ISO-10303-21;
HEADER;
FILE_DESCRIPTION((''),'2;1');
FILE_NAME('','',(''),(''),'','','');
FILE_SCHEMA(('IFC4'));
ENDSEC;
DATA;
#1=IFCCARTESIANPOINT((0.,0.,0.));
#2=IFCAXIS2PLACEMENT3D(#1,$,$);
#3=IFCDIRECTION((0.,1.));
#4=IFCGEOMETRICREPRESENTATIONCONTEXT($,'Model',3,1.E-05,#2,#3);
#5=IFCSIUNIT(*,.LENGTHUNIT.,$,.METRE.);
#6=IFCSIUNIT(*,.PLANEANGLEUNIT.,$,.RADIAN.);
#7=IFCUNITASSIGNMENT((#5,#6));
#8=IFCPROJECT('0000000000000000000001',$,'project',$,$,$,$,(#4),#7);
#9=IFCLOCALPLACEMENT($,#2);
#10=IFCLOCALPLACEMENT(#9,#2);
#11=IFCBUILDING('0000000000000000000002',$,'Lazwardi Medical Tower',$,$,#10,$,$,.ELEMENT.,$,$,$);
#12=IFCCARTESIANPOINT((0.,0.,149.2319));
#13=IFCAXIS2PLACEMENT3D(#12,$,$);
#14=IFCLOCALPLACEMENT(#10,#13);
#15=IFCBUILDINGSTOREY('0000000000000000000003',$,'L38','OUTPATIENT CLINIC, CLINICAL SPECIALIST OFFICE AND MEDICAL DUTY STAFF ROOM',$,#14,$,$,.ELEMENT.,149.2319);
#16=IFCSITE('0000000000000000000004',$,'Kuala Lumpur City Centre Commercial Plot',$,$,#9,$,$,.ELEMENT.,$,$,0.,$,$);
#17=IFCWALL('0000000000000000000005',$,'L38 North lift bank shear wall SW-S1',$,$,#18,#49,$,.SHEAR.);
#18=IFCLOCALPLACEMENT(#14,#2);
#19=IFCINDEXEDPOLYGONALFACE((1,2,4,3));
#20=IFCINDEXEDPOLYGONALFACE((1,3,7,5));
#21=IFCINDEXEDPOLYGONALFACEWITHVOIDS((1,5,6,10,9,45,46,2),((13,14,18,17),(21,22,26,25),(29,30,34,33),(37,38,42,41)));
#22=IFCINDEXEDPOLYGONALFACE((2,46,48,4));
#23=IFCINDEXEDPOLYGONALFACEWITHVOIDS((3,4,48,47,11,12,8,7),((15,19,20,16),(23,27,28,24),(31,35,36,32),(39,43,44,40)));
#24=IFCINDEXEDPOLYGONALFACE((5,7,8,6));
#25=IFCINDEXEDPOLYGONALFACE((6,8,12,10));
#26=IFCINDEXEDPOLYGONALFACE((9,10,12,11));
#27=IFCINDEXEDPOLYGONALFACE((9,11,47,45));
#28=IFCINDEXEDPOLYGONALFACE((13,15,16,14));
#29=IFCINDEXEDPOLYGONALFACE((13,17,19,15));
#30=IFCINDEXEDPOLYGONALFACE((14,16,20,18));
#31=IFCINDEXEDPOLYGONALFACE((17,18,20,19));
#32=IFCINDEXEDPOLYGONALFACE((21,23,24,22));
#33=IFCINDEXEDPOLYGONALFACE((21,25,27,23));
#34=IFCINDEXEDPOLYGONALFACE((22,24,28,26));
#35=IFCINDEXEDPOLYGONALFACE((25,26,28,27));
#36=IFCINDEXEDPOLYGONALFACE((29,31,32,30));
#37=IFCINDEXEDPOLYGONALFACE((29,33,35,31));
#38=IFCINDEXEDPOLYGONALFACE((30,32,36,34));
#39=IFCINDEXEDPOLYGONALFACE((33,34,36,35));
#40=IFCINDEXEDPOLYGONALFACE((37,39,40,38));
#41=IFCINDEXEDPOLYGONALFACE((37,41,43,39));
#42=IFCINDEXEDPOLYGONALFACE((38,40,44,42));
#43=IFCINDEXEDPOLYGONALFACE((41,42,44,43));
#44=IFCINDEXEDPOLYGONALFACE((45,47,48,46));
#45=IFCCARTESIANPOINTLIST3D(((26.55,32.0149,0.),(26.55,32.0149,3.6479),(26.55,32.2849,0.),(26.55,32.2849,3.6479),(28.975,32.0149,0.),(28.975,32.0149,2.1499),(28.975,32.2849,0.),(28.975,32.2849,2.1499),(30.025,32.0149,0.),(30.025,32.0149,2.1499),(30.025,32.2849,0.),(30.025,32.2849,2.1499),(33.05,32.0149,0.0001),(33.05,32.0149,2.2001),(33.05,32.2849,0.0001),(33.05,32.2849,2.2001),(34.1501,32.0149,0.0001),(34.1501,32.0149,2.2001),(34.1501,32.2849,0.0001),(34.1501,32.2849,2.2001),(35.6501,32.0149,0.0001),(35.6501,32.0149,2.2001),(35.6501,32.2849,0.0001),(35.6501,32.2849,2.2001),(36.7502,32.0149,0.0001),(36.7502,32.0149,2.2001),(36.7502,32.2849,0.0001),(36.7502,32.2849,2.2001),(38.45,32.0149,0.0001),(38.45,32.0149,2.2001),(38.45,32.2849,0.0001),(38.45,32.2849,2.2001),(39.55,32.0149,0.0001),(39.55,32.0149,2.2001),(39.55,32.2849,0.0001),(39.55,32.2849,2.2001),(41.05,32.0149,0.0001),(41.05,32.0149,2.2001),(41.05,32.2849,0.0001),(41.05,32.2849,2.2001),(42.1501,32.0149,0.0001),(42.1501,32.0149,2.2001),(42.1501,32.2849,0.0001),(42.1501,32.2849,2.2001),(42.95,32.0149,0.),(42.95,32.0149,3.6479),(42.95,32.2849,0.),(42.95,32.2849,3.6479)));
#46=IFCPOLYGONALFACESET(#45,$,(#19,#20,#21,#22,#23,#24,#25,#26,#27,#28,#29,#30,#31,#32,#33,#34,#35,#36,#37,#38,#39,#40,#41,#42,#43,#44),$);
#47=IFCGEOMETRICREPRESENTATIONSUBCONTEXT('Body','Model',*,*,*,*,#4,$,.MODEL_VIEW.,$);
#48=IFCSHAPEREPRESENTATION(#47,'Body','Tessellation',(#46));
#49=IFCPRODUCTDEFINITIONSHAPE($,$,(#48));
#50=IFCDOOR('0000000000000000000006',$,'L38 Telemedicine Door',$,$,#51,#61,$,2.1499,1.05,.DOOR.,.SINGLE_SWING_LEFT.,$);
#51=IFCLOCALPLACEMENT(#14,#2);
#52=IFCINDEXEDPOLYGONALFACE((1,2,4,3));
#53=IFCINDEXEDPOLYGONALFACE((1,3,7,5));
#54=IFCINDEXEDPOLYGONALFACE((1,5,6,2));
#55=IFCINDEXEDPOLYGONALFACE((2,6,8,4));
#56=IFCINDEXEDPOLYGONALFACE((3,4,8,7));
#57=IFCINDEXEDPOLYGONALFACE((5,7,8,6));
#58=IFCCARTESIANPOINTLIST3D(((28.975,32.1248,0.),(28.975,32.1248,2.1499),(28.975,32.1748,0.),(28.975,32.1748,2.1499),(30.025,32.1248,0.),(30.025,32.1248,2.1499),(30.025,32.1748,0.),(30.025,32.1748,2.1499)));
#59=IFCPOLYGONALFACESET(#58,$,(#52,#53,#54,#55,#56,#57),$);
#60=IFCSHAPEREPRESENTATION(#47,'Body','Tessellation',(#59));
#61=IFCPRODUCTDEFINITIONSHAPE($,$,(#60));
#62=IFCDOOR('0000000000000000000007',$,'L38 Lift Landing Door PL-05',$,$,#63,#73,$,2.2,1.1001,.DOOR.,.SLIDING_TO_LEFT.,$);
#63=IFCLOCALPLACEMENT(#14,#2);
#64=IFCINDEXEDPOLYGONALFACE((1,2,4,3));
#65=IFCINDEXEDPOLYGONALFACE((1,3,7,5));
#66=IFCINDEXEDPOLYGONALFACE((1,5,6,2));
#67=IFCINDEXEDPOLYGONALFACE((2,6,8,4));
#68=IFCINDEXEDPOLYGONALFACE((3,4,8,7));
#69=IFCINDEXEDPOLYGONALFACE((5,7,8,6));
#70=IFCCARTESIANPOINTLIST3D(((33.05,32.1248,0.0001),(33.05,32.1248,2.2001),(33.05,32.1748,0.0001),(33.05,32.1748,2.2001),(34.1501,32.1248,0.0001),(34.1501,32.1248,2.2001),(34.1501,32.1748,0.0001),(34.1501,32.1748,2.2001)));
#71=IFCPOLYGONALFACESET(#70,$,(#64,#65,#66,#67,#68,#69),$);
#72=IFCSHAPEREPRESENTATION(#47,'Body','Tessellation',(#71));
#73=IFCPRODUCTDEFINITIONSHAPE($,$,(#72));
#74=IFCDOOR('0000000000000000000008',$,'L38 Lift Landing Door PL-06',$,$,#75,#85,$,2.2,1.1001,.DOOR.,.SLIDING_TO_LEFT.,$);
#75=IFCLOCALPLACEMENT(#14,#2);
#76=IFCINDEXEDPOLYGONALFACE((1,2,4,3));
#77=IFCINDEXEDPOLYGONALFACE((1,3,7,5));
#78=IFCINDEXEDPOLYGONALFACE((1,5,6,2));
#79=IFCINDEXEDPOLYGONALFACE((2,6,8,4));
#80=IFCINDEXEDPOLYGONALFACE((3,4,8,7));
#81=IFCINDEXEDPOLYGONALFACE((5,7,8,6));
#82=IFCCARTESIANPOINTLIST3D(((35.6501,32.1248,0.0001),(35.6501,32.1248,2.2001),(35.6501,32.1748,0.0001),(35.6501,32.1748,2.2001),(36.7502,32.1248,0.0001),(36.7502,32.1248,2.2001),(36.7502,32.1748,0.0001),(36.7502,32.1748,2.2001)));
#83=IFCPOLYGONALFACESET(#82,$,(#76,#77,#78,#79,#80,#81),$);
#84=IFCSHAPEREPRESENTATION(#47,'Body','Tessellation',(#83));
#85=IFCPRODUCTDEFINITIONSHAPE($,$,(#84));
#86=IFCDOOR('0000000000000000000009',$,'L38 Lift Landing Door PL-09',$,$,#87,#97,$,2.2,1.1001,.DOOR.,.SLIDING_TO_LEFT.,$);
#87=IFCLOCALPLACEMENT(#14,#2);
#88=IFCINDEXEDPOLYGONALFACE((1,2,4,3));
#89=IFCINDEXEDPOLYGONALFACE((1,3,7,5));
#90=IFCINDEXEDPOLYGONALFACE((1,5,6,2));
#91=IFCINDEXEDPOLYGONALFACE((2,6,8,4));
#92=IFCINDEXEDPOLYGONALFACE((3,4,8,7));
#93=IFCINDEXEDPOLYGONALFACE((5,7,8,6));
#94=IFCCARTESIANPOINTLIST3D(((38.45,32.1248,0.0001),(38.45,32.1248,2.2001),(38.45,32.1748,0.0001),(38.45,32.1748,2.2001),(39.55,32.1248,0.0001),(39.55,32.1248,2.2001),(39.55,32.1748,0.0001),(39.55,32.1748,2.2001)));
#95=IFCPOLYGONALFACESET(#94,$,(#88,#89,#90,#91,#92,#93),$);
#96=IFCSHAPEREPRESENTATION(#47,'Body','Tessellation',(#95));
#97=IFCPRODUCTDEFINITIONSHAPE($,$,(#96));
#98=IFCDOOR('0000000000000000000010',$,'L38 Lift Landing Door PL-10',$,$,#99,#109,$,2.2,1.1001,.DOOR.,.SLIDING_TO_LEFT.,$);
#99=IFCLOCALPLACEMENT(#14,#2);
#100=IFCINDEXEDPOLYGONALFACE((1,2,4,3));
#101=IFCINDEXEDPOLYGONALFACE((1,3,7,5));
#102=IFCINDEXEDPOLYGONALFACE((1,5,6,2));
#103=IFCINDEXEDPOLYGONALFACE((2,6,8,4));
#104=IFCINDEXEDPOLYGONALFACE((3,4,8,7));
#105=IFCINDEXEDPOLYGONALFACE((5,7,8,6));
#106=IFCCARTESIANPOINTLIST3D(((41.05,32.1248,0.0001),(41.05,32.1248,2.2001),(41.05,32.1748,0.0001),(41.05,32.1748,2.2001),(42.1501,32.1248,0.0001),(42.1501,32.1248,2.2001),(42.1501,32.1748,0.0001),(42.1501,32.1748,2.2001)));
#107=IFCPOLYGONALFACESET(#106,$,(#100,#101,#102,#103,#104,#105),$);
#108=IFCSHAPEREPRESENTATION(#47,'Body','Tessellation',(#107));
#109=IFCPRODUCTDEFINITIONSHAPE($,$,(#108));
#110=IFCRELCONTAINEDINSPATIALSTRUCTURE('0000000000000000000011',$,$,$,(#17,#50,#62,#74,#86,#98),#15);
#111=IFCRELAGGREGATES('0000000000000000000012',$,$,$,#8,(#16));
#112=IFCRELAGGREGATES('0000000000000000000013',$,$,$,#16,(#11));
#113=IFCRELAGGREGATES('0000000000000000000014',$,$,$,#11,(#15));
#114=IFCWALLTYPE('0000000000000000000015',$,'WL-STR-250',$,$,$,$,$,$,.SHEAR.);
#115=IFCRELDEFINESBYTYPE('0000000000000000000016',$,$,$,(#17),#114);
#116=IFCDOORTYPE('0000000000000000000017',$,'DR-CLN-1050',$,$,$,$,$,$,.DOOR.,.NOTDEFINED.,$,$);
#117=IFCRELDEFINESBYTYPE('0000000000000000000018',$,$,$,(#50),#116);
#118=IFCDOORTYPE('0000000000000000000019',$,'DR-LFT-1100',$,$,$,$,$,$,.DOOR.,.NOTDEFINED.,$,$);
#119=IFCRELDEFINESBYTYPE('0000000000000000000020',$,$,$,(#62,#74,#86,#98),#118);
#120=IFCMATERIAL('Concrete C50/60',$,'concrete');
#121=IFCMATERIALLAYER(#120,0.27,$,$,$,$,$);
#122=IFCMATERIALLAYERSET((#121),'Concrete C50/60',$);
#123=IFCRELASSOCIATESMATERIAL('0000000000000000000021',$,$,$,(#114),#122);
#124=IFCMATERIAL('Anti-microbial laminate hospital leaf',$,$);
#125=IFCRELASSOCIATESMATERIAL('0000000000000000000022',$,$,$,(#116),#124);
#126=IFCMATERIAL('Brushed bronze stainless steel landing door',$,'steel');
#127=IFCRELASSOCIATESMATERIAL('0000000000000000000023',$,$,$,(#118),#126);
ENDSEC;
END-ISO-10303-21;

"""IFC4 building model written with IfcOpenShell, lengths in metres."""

from ifc_helpers import new_model, si_unit, direction, frame, frame_2d, origin, place, context, subcontext, project, spatial, rectangle, extrude, material, layer, layer_set, type_object, element, fill, save


model = new_model("IFC4")

# Units and contexts
model_context = context("Model", 3, precision=1e-05, world=origin(), true_north=direction((0.0, 1.0)))
body_context = subcontext(model_context, "Body", "Model", "MODEL_VIEW")
ifc_project = project(units=[si_unit("LENGTHUNIT", "METRE"), si_unit("PLANEANGLEUNIT", "RADIAN")], contexts=[model_context])

# Site, building, storey
site_placement = place(None, origin())
site = spatial("IfcSite", under=ifc_project, at=site_placement, Name="Kuala Lumpur City Centre Commercial Plot", CompositionType="ELEMENT", RefElevation=0.0)
building_placement = place(site_placement, origin())
building = spatial("IfcBuilding", under=site, at=building_placement, Name="Lazwardi Medical Tower", CompositionType="ELEMENT")
storey_placement = place(building_placement, frame((0.0, 0.0, 149.2319)))
storey = spatial("IfcBuildingStorey", under=building, at=storey_placement, Name="L38", Description="OUTPATIENT CLINIC, CLINICAL SPECIALIST OFFICE AND MEDICAL DUTY STAFF ROOM", CompositionType="ELEMENT", Elevation=149.2319)

# Shared definitions
ifc_material_1 = material(Name="Concrete C50/60", Category="concrete")
ifc_layer_1 = layer(ifc_material_1, 0.27)
ifc_layer_set_1 = layer_set([ifc_layer_1], Name="Concrete C50/60")
wall_type_1 = type_object("IfcWallType", Name="WL-STR-250", PredefinedType="SHEAR", material=ifc_layer_set_1)

# Wall, openings, doors
wall_1_placement = place(storey_placement, frame((26.55, 32.1499, 0.0), z_axis=(0.0, 0.0, 1.0), x_axis=(1.0, 0.0, 0.0)))
wall_1 = element("IfcWall", 1, at=wall_1_placement, inside=storey, type_object=wall_type_1, Name="L38 North lift bank shear wall SW-S1", PredefinedType="SHEAR", context=body_context, shape_type="SweptSolid", body=[
    extrude(rectangle(XDim=16.3999, YDim=0.27, at=frame_2d((8.2, 0.0))), origin(), (0.0, 0.0, 1.0), 3.6479),
])
opening_1_placement = place(wall_1_placement, frame((2.425, 0.0, 0.0)))
opening_1 = element("IfcOpeningElement", 2, at=opening_1_placement, cuts=wall_1, PredefinedType="OPENING", context=body_context, shape_type="SweptSolid", body=[
    extrude(rectangle(XDim=1.05, YDim=2.1499, at=frame_2d((0.5249, 1.075))), frame((0.0, 0.145, 0.0), z_axis=(0.0, -1.0, 0.0), x_axis=(1.0, 0.0, 0.0)), (0.0, 0.0, 1.0), 0.29),
])
opening_2_placement = place(wall_1_placement, frame((6.5, 0.0, 0.0)))
opening_2 = element("IfcOpeningElement", 3, at=opening_2_placement, cuts=wall_1, PredefinedType="OPENING", context=body_context, shape_type="SweptSolid", body=[
    extrude(rectangle(XDim=1.1001, YDim=2.2, at=frame_2d((0.55, 1.1001))), frame((0.0, 0.145, 0.0), z_axis=(0.0, -1.0, 0.0), x_axis=(1.0, 0.0, 0.0)), (0.0, 0.0, 1.0), 0.29),
])
opening_3_placement = place(wall_1_placement, frame((9.1001, 0.0, 0.0)))
opening_3 = element("IfcOpeningElement", 4, at=opening_3_placement, cuts=wall_1, PredefinedType="OPENING", context=body_context, shape_type="SweptSolid", body=[
    extrude(rectangle(XDim=1.1001, YDim=2.2, at=frame_2d((0.55, 1.1001))), frame((0.0, 0.145, 0.0), z_axis=(0.0, -1.0, 0.0), x_axis=(1.0, 0.0, 0.0)), (0.0, 0.0, 1.0), 0.29),
])
opening_4_placement = place(wall_1_placement, frame((11.8999, 0.0, 0.0)))
opening_4 = element("IfcOpeningElement", 5, at=opening_4_placement, cuts=wall_1, PredefinedType="OPENING", context=body_context, shape_type="SweptSolid", body=[
    extrude(rectangle(XDim=1.1001, YDim=2.2, at=frame_2d((0.55, 1.1001))), frame((0.0, 0.145, 0.0), z_axis=(0.0, -1.0, 0.0), x_axis=(1.0, 0.0, 0.0)), (0.0, 0.0, 1.0), 0.29),
])
opening_5_placement = place(wall_1_placement, frame((14.5, 0.0, 0.0)))
opening_5 = element("IfcOpeningElement", 6, at=opening_5_placement, cuts=wall_1, PredefinedType="OPENING", context=body_context, shape_type="SweptSolid", body=[
    extrude(rectangle(XDim=1.1001, YDim=2.2, at=frame_2d((0.55, 1.1001))), frame((0.0, 0.145, 0.0), z_axis=(0.0, -1.0, 0.0), x_axis=(1.0, 0.0, 0.0)), (0.0, 0.0, 1.0), 0.29),
])
ifc_material_2 = material(Name="Anti-microbial laminate hospital leaf")
door_type_1 = type_object("IfcDoorType", Name="DR-CLN-1050", OperationType="NOTDEFINED", PredefinedType="DOOR", material=ifc_material_2)
door_1_placement = place(opening_1_placement, origin())
door_1 = element("IfcDoor", 7, at=door_1_placement, inside=storey, type_object=door_type_1, Name="L38 Telemedicine Door", OperationType="SINGLE_SWING_LEFT", OverallHeight=2.1499, OverallWidth=1.05, PredefinedType="DOOR", context=body_context, shape_type="SweptSolid", body=[
    extrude(rectangle(XDim=1.05, YDim=2.1499, at=frame_2d((0.5249, 1.075))), frame((0.0, 0.0249, 0.0), z_axis=(0.0, -1.0, 0.0), x_axis=(1.0, 0.0, 0.0)), (0.0, 0.0, 1.0), 0.05),
])
fill(opening_1, door_1)
ifc_material_3 = material(Name="Brushed bronze stainless steel landing door", Category="steel")
door_type_2 = type_object("IfcDoorType", Name="DR-LFT-1100", OperationType="NOTDEFINED", PredefinedType="DOOR", material=ifc_material_3)
door_2_placement = place(opening_2_placement, origin())
door_2 = element("IfcDoor", 8, at=door_2_placement, inside=storey, type_object=door_type_2, Name="L38 Lift Landing Door PL-05", OperationType="SLIDING_TO_LEFT", OverallHeight=2.2, OverallWidth=1.1001, PredefinedType="DOOR", context=body_context, shape_type="SweptSolid", body=[
    extrude(rectangle(XDim=1.1001, YDim=2.2, at=frame_2d((0.55, 1.1001))), frame((0.0, 0.0249, 0.0), z_axis=(0.0, -1.0, 0.0), x_axis=(1.0, 0.0, 0.0)), (0.0, 0.0, 1.0), 0.05),
])
fill(opening_2, door_2)
door_3_placement = place(opening_3_placement, origin())
door_3 = element("IfcDoor", 9, at=door_3_placement, inside=storey, type_object=door_type_2, Name="L38 Lift Landing Door PL-06", OperationType="SLIDING_TO_LEFT", OverallHeight=2.2, OverallWidth=1.1001, PredefinedType="DOOR", context=body_context, shape_type="SweptSolid", body=[
    extrude(rectangle(XDim=1.1001, YDim=2.2, at=frame_2d((0.55, 1.1001))), frame((0.0, 0.0249, 0.0), z_axis=(0.0, -1.0, 0.0), x_axis=(1.0, 0.0, 0.0)), (0.0, 0.0, 1.0), 0.05),
])
fill(opening_3, door_3)
door_4_placement = place(opening_4_placement, origin())
door_4 = element("IfcDoor", 10, at=door_4_placement, inside=storey, type_object=door_type_2, Name="L38 Lift Landing Door PL-09", OperationType="SLIDING_TO_LEFT", OverallHeight=2.2, OverallWidth=1.1001, PredefinedType="DOOR", context=body_context, shape_type="SweptSolid", body=[
    extrude(rectangle(XDim=1.1001, YDim=2.2, at=frame_2d((0.55, 1.1001))), frame((0.0, 0.0249, 0.0), z_axis=(0.0, -1.0, 0.0), x_axis=(1.0, 0.0, 0.0)), (0.0, 0.0, 1.0), 0.05),
])
fill(opening_4, door_4)
door_5_placement = place(opening_5_placement, origin())
door_5 = element("IfcDoor", 11, at=door_5_placement, inside=storey, type_object=door_type_2, Name="L38 Lift Landing Door PL-10", OperationType="SLIDING_TO_LEFT", OverallHeight=2.2, OverallWidth=1.1001, PredefinedType="DOOR", context=body_context, shape_type="SweptSolid", body=[
    extrude(rectangle(XDim=1.1001, YDim=2.2, at=frame_2d((0.55, 1.1001))), frame((0.0, 0.0249, 0.0), z_axis=(0.0, -1.0, 0.0), x_axis=(1.0, 0.0, 0.0)), (0.0, 0.0, 1.0), 0.05),
])
fill(opening_5, door_5)

save(model, "model.ifc")
